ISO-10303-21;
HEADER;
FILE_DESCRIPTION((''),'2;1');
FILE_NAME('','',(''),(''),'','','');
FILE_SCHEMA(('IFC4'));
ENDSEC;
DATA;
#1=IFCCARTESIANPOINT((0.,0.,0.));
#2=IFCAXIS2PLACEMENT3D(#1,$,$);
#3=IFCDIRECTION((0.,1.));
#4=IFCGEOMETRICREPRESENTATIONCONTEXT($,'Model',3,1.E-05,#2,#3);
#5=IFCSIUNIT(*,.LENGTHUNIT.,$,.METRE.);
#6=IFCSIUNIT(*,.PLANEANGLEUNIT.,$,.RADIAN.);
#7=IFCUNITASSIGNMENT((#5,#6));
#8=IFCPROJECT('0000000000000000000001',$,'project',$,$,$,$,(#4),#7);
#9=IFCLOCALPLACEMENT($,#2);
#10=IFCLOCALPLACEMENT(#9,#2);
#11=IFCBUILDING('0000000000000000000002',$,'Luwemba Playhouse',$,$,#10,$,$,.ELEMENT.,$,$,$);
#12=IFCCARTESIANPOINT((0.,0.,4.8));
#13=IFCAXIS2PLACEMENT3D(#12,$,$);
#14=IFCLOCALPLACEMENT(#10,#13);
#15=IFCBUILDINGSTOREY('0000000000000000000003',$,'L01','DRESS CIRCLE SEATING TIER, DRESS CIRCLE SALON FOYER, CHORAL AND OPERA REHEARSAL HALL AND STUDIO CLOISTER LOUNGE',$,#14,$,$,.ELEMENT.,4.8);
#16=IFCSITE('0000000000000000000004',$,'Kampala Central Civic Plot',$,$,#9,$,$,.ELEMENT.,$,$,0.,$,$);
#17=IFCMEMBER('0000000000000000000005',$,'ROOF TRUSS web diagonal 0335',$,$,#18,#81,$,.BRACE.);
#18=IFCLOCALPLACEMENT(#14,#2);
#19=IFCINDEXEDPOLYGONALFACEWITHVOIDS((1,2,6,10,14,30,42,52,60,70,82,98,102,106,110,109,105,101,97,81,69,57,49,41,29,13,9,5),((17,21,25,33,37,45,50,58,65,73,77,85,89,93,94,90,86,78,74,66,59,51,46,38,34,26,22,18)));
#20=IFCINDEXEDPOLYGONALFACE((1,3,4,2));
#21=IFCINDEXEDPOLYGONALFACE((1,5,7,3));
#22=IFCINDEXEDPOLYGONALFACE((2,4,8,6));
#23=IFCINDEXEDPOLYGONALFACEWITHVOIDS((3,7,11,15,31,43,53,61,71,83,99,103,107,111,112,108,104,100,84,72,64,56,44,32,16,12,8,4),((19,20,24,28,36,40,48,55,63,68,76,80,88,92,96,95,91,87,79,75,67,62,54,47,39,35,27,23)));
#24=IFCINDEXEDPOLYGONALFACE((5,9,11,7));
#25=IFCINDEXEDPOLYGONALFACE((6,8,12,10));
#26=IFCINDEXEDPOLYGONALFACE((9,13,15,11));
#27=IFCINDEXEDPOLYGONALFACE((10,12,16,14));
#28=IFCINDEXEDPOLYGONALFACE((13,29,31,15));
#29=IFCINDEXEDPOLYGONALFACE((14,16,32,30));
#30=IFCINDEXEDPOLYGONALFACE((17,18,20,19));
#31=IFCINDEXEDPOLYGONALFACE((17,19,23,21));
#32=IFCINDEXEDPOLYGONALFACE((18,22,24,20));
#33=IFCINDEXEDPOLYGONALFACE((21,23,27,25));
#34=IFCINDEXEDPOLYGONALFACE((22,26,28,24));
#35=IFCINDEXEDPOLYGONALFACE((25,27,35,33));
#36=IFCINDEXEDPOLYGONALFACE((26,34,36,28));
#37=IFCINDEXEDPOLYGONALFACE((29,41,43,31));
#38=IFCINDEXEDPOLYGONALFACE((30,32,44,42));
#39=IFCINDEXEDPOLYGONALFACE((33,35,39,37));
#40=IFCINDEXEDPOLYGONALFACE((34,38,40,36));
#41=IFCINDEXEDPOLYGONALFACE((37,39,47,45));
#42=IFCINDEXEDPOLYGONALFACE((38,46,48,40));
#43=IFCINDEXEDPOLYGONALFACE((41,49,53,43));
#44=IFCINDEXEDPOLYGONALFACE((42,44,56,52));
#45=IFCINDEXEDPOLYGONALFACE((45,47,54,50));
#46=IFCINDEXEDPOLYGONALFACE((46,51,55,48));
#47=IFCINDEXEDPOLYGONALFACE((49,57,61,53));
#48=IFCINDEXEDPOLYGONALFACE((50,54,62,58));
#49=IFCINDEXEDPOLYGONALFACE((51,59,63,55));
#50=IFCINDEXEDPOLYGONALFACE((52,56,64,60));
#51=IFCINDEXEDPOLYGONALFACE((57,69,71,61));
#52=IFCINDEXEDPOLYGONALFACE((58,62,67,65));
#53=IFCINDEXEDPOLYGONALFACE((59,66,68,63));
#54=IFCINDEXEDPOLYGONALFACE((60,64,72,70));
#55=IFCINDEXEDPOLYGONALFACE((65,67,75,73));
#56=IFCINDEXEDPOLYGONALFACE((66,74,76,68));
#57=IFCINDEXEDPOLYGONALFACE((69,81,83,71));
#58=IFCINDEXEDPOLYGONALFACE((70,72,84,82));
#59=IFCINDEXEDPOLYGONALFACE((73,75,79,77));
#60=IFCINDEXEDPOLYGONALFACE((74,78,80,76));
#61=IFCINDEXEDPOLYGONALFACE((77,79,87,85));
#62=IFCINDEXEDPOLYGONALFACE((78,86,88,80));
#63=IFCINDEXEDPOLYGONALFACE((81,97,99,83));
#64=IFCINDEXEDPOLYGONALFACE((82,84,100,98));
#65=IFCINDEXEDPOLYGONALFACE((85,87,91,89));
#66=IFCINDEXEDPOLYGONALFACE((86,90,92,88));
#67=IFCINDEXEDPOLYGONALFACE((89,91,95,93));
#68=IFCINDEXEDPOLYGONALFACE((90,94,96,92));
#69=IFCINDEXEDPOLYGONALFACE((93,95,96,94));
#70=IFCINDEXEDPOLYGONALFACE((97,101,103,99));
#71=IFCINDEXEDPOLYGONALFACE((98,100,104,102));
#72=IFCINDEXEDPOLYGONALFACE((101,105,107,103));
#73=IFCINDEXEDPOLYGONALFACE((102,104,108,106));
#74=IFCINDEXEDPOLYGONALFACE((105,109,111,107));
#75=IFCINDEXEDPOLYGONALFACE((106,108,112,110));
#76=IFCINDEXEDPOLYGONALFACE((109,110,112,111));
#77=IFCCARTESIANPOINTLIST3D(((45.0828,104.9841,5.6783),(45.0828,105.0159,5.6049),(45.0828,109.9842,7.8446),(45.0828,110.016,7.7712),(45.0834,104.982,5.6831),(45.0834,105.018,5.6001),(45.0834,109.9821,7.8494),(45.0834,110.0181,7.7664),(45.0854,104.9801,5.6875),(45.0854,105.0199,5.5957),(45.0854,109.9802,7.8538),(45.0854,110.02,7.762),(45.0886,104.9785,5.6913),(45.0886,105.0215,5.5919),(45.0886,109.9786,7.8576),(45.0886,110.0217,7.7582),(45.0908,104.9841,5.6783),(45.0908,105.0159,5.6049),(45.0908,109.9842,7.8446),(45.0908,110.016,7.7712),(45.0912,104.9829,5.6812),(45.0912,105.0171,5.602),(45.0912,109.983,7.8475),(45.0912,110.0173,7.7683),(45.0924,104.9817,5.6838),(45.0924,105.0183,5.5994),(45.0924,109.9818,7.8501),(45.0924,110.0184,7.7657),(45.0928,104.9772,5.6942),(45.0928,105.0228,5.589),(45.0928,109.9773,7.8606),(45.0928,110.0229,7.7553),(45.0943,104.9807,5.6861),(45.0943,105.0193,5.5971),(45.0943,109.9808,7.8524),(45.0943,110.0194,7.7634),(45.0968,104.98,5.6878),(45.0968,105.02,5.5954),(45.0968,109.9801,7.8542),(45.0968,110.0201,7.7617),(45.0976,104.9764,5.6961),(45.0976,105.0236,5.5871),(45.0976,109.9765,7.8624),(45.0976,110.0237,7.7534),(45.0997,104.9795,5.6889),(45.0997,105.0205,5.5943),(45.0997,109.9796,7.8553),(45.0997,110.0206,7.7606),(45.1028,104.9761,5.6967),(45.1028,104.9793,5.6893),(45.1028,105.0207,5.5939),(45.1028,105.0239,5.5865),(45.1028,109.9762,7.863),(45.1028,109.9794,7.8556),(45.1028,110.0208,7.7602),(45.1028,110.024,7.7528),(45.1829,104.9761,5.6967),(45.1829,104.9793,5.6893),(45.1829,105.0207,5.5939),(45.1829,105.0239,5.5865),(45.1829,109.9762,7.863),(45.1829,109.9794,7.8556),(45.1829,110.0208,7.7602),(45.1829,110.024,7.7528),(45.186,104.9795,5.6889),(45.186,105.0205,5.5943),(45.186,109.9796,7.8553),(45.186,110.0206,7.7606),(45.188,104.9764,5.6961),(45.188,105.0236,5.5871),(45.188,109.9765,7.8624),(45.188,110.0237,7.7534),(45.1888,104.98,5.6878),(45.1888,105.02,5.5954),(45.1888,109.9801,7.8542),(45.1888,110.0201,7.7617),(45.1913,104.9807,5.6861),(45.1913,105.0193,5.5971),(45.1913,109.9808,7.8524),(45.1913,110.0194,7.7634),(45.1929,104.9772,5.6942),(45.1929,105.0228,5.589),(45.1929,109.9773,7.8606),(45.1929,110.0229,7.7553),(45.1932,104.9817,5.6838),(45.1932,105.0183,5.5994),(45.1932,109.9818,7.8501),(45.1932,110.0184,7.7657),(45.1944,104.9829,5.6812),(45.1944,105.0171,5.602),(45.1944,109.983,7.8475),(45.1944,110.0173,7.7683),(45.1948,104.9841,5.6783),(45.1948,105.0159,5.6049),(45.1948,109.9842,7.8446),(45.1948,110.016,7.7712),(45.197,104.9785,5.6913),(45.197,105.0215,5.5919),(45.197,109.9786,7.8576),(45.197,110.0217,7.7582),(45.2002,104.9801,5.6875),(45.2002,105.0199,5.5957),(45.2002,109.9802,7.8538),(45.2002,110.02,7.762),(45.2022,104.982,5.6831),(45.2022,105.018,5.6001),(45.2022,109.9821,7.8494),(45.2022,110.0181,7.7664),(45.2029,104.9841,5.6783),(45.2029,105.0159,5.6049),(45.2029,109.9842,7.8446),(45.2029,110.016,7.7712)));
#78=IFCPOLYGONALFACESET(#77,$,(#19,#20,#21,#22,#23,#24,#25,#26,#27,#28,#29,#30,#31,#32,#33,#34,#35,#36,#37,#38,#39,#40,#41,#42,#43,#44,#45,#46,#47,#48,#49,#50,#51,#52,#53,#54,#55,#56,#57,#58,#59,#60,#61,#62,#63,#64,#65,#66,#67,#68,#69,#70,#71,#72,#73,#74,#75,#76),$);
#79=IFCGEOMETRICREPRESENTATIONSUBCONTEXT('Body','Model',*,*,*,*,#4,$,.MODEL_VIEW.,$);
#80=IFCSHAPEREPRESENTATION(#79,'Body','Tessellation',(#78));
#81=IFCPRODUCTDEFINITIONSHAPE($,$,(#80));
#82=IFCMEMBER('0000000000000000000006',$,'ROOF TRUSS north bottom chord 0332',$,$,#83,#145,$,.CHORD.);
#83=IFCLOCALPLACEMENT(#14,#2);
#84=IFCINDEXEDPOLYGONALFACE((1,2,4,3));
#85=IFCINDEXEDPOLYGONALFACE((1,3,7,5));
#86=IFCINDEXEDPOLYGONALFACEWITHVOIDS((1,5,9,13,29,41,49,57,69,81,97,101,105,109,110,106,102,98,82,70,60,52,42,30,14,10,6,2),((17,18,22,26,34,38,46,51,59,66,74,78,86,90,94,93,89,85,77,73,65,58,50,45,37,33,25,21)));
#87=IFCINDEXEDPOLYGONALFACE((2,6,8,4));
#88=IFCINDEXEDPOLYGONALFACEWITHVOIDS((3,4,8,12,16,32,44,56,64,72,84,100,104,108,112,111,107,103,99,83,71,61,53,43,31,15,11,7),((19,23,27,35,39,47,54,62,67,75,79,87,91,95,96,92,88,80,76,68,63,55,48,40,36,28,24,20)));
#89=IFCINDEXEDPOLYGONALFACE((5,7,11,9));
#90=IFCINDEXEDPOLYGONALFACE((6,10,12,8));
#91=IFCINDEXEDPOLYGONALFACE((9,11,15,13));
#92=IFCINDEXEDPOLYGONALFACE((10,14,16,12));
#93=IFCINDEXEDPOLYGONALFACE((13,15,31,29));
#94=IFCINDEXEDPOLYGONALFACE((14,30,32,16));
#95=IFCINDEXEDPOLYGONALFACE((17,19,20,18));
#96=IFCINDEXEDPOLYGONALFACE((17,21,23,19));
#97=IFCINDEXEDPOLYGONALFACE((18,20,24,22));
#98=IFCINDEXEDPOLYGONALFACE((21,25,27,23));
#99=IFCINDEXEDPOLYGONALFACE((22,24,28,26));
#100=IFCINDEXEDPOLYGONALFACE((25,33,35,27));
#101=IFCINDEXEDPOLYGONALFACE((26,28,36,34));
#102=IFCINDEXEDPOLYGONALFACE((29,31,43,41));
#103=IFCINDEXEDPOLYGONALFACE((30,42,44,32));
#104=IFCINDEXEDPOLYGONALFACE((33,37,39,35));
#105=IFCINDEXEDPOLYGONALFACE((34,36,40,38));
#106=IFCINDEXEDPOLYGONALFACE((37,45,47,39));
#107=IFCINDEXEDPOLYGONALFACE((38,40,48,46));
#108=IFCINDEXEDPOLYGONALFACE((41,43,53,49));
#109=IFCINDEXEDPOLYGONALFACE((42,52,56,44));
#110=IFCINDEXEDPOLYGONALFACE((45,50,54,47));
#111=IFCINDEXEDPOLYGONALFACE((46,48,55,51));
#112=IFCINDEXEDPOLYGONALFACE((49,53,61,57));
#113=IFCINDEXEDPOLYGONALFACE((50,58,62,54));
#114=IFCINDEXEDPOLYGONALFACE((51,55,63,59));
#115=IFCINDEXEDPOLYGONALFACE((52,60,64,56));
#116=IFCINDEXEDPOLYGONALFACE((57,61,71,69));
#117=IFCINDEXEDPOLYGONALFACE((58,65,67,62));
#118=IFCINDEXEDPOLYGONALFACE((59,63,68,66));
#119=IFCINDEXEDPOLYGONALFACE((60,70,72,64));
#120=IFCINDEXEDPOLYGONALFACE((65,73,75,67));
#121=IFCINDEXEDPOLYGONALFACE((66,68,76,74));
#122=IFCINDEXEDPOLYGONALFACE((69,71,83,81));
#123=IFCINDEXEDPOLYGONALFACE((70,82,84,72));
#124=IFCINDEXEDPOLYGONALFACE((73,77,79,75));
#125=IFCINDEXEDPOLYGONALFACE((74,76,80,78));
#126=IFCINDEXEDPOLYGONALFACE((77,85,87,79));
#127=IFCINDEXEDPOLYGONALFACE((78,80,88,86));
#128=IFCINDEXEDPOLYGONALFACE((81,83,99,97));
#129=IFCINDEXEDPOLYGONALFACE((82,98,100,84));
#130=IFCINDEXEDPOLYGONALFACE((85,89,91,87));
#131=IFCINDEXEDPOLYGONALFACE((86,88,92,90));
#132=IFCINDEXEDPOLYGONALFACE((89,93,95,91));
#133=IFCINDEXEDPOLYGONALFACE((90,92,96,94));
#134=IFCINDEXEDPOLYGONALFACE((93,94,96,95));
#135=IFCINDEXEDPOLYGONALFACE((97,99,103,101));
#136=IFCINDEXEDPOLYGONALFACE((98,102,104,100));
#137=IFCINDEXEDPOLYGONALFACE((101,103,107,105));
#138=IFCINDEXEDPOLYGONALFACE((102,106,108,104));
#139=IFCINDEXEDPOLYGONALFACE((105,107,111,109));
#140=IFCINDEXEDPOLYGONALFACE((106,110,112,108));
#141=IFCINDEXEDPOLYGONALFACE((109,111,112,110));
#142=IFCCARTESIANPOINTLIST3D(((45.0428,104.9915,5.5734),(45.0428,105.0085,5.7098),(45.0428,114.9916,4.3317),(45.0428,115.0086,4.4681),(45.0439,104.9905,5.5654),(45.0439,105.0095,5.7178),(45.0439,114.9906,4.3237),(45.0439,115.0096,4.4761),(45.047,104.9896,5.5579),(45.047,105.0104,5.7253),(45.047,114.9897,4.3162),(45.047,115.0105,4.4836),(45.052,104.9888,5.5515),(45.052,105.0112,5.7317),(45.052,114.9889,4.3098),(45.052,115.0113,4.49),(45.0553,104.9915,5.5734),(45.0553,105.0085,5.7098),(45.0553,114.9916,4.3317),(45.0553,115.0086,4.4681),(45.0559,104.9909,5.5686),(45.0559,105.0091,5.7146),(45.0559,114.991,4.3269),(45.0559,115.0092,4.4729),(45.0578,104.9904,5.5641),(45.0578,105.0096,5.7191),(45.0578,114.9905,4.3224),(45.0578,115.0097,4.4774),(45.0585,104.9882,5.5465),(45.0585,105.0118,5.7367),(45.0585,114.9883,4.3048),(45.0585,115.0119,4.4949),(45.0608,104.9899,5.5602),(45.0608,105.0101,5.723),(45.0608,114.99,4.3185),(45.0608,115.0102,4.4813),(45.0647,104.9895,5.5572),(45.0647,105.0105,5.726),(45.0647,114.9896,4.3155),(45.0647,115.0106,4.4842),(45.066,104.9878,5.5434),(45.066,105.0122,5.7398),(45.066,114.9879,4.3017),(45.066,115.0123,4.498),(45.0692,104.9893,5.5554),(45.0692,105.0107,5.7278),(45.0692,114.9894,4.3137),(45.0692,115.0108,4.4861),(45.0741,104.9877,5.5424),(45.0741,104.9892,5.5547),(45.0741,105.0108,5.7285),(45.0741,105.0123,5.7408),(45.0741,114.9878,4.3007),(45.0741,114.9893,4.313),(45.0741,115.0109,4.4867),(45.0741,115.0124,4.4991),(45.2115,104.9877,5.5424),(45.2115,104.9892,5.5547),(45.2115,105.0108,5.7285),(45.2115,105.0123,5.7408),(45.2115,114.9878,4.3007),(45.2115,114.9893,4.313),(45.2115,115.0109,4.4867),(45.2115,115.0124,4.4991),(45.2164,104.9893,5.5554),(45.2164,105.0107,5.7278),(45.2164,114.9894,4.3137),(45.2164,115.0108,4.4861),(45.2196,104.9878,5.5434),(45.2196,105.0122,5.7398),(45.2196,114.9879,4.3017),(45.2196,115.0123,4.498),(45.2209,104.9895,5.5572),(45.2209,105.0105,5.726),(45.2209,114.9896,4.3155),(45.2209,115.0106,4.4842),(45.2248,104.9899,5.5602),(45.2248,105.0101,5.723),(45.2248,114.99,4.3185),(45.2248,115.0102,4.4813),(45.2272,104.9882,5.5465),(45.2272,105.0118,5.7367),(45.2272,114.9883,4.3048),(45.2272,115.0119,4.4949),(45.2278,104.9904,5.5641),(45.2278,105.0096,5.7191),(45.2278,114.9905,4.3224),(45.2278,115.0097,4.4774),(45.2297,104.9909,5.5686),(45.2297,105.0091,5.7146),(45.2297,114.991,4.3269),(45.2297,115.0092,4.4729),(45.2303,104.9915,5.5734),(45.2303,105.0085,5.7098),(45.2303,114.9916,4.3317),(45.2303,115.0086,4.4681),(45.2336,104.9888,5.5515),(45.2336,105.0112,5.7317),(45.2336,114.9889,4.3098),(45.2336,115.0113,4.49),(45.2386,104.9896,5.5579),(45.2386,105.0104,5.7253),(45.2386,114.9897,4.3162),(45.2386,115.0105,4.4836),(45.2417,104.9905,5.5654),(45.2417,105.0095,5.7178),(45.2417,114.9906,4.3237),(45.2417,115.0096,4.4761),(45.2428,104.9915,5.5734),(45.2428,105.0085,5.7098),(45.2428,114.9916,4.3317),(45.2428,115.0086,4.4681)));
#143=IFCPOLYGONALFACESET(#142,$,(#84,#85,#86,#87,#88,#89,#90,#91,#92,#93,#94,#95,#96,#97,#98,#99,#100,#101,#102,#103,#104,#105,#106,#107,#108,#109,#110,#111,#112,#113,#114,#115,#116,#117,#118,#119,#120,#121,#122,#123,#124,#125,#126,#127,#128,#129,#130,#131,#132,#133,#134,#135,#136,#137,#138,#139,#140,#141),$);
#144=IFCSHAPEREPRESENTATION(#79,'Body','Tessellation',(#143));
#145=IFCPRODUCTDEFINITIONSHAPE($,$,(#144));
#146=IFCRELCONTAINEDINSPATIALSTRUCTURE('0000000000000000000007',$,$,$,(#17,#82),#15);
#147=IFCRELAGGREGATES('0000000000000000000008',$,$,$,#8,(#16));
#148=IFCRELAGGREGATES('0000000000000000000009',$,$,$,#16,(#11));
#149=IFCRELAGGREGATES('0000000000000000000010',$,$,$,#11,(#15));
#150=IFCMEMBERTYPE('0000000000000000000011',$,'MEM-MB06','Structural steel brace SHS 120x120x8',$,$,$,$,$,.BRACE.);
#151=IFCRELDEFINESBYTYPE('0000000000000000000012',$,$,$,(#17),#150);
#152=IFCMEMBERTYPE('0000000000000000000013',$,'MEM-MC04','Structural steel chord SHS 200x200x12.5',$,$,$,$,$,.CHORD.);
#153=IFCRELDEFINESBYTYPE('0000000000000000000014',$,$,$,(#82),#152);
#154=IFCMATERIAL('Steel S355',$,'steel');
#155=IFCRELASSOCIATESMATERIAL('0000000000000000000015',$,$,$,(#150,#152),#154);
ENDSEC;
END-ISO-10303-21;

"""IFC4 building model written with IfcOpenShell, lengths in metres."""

from ifc_helpers import new_model, si_unit, direction, frame, origin, origin_2d, place, context, subcontext, project, spatial, hollow_rectangle, extrude, material, material_profile, profile_set, type_object, element, save


model = new_model("IFC4")

# Units and contexts
model_context = context("Model", 3, precision=1e-05, world=origin(), true_north=direction((0.0, 1.0)))
body_context = subcontext(model_context, "Body", "Model", "MODEL_VIEW")
ifc_project = project(units=[si_unit("LENGTHUNIT", "METRE"), si_unit("PLANEANGLEUNIT", "RADIAN")], contexts=[model_context])

# Site, building, storey
site_placement = place(None, origin())
site = spatial("IfcSite", under=ifc_project, at=site_placement, Name="Kampala Central Civic Plot", CompositionType="ELEMENT", RefElevation=0.0)
building_placement = place(site_placement, origin())
building = spatial("IfcBuilding", under=site, at=building_placement, Name="Luwemba Playhouse", CompositionType="ELEMENT")
storey_placement = place(building_placement, frame((0.0, 0.0, 4.8)))
storey = spatial("IfcBuildingStorey", under=building, at=storey_placement, Name="L01", Description="DRESS CIRCLE SEATING TIER, DRESS CIRCLE SALON FOYER, CHORAL AND OPERA REHEARSAL HALL AND STUDIO CLOISTER LOUNGE", CompositionType="ELEMENT", Elevation=4.8)

# Shared definitions
ifc_material_1 = material(Name="Steel S355", Category="steel")

# Members
ifc_material_profile_1 = material_profile(ifc_material_1, hollow_rectangle(XDim=0.1201, YDim=0.1201, WallThickness=0.0081, InnerFilletRadius=0.012, OuterFilletRadius=0.02, at=origin_2d()))
ifc_profile_set_1 = profile_set([ifc_material_profile_1], Name="Steel S355")
member_type_1 = type_object("IfcMemberType", Name="MEM-MB06", Description="Structural steel brace SHS 120x120x8", PredefinedType="BRACE", material=ifc_profile_set_1)
for number, where, z_axis, x_axis, name in (
    (1, (45.1428, 105.0, 5.6416), (0.0, 0.917583, 0.397545), (-1.0, 0.0, 0.0), "ROOF TRUSS web diagonal 0335"),
):
    element("IfcMember", number, at=place(storey_placement, frame(where, z_axis=z_axis, x_axis=x_axis)), inside=storey, type_object=member_type_1, Name=name, PredefinedType="BRACE", context=body_context, shape_type="SweptSolid", body=[
        extrude(hollow_rectangle(XDim=0.1201, YDim=0.1201, WallThickness=0.0081, InnerFilletRadius=0.012, OuterFilletRadius=0.02, at=origin_2d()), origin(), (0.0, 0.0, 1.0), 5.4492),
    ])
ifc_material_profile_2 = material_profile(ifc_material_1, hollow_rectangle(XDim=0.2, YDim=0.2, WallThickness=0.0125, InnerFilletRadius=0.0188, OuterFilletRadius=0.0312, at=origin_2d()))
ifc_profile_set_2 = profile_set([ifc_material_profile_2], Name="Steel S355")
member_type_2 = type_object("IfcMemberType", Name="MEM-MC04", Description="Structural steel chord SHS 200x200x12.5", PredefinedType="CHORD", material=ifc_profile_set_2)
member_1_placement = place(storey_placement, frame((45.1428, 105.0, 5.6416), z_axis=(0.0, 0.992379, -0.123224), x_axis=(-1.0, 0.0, 0.0)))
element("IfcMember", 2, at=member_1_placement, inside=storey, type_object=member_type_2, Name="ROOF TRUSS north bottom chord 0332", PredefinedType="CHORD", context=body_context, shape_type="SweptSolid", body=[
    extrude(hollow_rectangle(XDim=0.2, YDim=0.2, WallThickness=0.0125, InnerFilletRadius=0.0188, OuterFilletRadius=0.0312, at=origin_2d()), origin(), (0.0, 0.0, 1.0), 10.0769),
])

save(model, "model.ifc")
